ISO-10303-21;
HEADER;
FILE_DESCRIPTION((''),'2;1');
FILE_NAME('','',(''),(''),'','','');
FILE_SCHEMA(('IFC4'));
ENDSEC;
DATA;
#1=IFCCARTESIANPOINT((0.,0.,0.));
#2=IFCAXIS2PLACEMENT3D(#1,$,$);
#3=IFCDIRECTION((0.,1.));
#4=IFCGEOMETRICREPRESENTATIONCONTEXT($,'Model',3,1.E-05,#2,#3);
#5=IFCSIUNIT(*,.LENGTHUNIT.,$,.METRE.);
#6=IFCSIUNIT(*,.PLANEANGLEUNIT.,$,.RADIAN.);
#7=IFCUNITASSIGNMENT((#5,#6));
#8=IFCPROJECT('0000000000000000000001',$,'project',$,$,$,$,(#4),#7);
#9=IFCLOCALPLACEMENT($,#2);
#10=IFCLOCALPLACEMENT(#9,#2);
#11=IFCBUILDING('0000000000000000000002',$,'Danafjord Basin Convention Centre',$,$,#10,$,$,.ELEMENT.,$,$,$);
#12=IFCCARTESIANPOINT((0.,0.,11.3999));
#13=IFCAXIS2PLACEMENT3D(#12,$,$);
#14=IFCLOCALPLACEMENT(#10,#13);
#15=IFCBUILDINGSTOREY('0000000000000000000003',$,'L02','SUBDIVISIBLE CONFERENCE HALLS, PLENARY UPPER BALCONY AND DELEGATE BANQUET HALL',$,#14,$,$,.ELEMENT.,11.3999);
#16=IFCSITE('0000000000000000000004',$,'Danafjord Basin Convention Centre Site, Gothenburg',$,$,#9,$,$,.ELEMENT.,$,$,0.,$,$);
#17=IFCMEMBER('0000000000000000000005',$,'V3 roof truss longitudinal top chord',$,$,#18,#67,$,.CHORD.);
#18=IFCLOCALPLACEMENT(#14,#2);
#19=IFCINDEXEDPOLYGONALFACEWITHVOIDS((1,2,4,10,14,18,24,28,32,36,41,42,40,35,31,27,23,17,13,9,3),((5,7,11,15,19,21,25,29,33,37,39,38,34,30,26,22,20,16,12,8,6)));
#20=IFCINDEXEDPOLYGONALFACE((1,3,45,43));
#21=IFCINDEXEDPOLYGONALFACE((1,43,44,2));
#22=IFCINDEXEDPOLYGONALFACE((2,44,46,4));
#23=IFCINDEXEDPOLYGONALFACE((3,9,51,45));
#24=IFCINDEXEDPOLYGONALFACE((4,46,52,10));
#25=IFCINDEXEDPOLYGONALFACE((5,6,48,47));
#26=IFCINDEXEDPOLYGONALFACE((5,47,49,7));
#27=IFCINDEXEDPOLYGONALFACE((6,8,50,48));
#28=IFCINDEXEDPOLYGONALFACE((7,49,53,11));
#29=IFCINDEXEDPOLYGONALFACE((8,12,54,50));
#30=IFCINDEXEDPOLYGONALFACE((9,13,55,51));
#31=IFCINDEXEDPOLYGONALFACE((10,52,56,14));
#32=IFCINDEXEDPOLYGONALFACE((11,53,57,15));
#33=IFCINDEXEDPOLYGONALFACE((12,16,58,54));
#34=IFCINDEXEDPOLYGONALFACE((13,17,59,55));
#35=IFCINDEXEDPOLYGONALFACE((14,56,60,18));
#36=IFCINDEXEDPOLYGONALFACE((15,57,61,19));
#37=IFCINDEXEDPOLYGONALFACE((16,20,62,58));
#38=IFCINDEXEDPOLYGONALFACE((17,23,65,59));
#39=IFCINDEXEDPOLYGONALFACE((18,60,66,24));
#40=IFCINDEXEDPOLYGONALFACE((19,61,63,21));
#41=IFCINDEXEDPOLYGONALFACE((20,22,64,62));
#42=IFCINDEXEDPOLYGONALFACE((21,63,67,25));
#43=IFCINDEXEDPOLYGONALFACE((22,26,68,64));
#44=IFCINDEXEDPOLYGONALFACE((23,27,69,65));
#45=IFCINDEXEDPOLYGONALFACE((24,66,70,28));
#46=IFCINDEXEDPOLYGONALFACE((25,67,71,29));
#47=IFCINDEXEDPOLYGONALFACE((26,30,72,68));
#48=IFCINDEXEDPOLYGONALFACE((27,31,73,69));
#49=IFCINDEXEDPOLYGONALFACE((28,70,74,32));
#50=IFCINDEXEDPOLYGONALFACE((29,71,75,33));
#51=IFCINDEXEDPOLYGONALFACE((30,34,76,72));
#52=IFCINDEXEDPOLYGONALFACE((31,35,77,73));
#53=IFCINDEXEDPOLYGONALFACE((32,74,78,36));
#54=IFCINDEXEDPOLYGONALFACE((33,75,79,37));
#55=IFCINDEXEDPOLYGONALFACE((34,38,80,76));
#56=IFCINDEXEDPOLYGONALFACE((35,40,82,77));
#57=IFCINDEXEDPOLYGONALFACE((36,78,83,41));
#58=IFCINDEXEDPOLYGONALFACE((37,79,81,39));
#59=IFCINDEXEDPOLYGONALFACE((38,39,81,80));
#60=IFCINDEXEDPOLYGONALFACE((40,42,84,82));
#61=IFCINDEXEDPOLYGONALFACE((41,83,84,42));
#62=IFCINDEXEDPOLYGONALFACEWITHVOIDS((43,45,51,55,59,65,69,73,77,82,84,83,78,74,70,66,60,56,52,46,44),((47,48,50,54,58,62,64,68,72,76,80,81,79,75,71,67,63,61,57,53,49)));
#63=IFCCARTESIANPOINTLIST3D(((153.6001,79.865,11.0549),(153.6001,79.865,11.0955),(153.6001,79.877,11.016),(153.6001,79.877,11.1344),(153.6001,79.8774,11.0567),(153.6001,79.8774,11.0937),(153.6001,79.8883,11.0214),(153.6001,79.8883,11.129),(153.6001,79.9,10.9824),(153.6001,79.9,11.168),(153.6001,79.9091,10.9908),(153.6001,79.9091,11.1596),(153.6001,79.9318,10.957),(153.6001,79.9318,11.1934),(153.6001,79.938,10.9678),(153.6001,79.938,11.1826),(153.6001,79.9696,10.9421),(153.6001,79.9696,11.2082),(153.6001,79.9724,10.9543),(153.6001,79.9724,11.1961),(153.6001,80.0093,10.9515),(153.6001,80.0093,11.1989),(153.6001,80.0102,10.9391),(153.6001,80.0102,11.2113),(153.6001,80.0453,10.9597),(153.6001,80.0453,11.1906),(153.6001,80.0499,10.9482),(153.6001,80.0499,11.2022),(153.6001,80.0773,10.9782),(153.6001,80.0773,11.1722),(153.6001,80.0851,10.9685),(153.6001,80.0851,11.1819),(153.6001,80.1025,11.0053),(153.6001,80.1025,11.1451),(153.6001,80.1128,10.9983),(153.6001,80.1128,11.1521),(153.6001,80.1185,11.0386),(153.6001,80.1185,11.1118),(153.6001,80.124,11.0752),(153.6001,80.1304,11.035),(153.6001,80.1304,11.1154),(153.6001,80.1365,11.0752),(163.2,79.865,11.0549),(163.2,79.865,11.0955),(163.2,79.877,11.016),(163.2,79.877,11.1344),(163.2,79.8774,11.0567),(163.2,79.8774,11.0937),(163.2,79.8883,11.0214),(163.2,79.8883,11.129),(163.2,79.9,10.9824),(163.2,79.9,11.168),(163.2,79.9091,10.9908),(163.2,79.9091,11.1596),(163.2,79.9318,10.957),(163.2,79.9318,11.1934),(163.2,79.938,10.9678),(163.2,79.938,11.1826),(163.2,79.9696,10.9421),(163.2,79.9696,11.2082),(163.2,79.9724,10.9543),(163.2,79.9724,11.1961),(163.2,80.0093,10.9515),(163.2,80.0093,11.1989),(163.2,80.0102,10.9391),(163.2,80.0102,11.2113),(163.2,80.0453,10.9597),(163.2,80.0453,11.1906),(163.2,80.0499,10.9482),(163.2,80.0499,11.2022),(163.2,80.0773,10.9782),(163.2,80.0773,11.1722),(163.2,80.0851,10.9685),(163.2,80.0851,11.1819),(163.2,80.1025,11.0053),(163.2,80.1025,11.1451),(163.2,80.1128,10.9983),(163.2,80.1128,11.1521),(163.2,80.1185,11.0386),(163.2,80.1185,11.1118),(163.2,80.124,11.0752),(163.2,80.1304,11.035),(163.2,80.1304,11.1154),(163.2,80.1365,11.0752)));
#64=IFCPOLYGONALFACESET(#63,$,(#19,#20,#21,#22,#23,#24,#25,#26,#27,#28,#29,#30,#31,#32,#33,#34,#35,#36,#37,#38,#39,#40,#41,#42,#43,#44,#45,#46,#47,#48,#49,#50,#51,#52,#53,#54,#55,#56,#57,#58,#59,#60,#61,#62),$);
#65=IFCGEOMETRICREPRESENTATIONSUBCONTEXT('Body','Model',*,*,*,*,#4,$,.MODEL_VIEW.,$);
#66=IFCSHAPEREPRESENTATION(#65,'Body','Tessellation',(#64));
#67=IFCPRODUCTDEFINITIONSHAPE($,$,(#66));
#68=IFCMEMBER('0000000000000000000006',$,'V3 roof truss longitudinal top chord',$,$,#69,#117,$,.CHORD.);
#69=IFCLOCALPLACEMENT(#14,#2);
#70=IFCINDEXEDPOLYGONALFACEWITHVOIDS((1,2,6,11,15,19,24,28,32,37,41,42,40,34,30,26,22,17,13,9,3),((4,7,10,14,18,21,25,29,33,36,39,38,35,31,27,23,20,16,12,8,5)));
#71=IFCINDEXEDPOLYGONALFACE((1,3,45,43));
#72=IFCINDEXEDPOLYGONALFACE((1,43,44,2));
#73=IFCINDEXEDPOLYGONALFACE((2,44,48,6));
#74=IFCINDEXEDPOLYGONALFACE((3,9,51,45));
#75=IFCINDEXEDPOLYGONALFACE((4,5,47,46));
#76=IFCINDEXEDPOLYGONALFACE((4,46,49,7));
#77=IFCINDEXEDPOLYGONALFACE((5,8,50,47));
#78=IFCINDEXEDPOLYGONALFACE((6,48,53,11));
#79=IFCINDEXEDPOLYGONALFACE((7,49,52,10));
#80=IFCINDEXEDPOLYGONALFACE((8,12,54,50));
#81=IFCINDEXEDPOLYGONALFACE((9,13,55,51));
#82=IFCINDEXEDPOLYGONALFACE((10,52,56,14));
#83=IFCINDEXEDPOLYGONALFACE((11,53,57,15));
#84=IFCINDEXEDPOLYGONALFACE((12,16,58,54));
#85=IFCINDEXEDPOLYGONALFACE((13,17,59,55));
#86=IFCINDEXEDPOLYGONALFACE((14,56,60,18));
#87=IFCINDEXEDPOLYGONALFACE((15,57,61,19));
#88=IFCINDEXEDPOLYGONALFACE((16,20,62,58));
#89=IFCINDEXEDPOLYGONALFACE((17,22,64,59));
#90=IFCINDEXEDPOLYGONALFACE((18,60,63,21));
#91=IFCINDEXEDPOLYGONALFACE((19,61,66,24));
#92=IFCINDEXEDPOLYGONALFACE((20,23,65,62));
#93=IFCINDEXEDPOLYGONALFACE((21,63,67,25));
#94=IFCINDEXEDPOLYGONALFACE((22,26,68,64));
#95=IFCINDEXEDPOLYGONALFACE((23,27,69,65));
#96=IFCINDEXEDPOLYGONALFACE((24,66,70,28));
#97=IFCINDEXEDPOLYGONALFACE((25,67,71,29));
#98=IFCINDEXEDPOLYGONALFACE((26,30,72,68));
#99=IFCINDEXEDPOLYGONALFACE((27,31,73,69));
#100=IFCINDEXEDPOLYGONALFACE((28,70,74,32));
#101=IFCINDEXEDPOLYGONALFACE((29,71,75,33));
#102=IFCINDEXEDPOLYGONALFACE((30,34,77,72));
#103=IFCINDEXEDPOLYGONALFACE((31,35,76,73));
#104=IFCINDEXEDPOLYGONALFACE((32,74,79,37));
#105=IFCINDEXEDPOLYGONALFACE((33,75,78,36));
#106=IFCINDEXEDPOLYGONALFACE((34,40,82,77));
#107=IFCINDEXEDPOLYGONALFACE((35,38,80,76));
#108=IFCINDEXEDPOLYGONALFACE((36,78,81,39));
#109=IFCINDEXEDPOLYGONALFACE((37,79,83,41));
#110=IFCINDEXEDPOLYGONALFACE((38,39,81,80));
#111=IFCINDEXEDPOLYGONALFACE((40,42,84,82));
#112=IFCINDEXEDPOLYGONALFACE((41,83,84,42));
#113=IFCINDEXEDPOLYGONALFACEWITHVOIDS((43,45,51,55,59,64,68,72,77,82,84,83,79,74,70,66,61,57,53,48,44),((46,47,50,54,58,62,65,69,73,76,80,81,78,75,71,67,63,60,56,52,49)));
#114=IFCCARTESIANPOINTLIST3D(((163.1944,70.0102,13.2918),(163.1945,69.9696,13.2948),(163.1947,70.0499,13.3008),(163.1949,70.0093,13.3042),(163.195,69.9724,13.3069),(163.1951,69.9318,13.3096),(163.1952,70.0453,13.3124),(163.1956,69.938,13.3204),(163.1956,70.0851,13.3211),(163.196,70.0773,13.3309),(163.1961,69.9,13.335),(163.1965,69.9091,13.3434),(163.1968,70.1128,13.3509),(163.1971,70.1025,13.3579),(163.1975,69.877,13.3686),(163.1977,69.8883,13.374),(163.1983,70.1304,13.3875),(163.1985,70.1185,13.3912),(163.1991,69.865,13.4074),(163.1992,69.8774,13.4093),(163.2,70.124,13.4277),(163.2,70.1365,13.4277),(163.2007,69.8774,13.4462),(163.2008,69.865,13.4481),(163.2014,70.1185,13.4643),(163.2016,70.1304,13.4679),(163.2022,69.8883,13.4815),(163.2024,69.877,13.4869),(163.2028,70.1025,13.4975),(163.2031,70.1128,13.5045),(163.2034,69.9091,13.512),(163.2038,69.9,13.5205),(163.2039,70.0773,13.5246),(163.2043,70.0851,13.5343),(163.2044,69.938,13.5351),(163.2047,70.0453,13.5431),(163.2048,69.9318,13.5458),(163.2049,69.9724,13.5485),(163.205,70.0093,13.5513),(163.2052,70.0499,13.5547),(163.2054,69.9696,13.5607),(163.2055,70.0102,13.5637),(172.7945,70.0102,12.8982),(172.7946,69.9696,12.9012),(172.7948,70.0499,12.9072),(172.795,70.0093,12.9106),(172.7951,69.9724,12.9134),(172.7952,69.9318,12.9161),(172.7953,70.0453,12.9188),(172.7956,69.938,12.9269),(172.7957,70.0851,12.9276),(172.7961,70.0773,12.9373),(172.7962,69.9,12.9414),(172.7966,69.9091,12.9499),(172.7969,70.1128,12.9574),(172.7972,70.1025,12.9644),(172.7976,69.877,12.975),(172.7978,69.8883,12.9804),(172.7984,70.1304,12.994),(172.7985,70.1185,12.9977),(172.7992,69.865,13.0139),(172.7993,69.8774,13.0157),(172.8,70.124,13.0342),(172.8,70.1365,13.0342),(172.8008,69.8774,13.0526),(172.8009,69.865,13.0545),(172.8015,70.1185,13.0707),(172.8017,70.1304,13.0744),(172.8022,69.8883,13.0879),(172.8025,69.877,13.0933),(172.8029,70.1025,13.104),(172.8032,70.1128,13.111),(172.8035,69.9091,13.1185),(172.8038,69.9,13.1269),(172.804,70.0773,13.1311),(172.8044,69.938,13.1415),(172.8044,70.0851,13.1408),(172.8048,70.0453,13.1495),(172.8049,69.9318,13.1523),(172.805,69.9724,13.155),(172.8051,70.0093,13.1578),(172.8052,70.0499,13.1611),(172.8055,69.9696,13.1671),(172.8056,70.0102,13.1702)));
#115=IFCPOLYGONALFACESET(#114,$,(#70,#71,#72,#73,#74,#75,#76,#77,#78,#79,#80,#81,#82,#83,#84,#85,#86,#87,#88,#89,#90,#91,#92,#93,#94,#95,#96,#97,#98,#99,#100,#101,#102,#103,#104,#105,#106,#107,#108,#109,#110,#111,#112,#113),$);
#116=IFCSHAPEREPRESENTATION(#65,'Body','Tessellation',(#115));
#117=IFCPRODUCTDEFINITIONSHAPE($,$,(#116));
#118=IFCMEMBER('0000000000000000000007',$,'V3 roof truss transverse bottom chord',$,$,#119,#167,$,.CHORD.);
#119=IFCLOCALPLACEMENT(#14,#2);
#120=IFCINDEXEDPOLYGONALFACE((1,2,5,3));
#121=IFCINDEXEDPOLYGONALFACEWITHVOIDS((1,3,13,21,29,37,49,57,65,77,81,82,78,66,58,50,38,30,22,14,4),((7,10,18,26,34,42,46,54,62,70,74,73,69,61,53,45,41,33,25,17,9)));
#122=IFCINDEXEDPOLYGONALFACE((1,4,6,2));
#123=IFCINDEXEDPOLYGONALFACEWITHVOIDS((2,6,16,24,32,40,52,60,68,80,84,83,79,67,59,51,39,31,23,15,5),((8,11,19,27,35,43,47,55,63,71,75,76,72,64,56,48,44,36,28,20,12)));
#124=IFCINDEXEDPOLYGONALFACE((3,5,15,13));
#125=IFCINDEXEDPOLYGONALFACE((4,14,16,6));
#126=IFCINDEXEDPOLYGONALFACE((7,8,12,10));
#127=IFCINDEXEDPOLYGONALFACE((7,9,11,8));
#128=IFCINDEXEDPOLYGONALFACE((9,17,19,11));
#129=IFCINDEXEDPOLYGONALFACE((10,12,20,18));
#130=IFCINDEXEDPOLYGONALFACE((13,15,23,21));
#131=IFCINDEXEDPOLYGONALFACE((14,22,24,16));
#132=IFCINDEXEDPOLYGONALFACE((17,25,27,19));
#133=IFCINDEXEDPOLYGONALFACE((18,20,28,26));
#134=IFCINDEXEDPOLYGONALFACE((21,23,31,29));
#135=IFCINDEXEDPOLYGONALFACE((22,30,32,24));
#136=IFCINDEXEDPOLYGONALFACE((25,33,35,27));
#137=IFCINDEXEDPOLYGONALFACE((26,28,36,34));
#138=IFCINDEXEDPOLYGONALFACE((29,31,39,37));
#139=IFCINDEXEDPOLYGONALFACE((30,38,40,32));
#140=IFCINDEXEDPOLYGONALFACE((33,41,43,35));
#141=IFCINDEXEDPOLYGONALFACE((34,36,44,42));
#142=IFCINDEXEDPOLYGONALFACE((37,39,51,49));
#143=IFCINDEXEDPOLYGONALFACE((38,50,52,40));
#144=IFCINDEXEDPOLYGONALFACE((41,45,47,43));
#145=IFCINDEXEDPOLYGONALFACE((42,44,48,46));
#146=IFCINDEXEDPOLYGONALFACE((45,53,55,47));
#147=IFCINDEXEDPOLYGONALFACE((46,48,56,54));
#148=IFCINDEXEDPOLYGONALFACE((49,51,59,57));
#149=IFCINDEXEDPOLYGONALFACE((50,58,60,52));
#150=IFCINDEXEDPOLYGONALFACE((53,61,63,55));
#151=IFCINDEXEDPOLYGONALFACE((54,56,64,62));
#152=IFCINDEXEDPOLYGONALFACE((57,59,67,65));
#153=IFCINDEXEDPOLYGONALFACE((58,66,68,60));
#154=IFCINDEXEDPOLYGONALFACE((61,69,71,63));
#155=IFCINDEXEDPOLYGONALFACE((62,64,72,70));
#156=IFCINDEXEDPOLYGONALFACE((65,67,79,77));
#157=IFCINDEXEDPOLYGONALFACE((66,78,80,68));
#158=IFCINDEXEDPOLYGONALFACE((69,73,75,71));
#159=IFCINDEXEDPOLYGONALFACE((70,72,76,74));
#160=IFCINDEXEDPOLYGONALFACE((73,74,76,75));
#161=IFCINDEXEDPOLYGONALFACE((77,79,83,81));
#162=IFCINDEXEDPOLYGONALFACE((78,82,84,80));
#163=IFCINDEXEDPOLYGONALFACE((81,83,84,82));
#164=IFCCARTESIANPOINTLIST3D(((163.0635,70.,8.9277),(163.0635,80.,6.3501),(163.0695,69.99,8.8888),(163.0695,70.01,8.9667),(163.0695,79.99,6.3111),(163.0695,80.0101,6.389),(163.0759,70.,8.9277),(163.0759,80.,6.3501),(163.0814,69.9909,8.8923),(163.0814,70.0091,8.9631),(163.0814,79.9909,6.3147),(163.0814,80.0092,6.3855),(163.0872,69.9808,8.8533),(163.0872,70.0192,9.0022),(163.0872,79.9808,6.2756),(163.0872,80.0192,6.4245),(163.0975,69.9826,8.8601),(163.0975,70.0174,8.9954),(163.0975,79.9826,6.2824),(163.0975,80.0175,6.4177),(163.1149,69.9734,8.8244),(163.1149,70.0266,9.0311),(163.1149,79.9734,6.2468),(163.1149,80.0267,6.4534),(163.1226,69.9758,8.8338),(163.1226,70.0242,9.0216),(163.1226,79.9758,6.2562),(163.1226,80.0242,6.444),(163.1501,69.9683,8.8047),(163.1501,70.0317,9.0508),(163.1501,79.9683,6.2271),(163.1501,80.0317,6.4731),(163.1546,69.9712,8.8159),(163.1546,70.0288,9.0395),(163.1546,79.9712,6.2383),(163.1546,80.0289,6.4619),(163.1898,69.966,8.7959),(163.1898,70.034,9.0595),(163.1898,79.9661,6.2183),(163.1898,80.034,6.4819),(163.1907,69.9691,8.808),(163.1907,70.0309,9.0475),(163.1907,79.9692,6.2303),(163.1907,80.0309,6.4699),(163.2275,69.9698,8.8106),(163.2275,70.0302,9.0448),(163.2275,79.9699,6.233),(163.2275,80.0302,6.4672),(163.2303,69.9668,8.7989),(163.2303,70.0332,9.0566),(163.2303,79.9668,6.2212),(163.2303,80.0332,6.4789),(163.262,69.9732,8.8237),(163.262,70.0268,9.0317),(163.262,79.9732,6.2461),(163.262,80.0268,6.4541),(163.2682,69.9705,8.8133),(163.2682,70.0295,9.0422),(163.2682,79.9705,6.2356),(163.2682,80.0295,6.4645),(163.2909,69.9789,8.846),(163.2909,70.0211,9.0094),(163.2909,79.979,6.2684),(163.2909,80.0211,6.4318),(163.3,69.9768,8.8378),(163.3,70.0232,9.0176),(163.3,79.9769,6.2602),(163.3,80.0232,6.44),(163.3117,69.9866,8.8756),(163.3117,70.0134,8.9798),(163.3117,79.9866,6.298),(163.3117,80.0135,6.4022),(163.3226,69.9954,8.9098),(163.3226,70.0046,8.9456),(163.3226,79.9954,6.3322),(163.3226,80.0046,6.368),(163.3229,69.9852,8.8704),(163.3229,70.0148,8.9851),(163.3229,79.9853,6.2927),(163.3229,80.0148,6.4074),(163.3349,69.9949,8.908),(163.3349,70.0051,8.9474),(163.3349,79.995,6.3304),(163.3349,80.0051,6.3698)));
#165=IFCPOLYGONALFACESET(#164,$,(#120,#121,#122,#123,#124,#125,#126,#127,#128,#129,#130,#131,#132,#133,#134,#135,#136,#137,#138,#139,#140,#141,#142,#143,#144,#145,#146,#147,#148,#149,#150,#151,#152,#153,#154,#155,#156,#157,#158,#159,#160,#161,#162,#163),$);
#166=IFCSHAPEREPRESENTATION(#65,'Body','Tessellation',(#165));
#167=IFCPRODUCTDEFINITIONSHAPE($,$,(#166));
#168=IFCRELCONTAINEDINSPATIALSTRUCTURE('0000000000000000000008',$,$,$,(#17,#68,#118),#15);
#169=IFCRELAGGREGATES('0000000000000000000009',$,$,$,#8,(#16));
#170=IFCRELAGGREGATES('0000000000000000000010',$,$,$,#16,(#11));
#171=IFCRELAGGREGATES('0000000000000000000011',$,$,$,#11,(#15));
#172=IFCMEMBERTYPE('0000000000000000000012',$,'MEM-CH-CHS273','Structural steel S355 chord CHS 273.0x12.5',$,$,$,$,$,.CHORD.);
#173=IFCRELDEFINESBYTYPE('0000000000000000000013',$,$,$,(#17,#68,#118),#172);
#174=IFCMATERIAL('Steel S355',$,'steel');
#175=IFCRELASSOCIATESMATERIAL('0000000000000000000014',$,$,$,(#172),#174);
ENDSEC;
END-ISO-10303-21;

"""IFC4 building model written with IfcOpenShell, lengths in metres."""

from ifc_helpers import new_model, si_unit, direction, frame, origin, origin_2d, place, context, subcontext, project, spatial, hollow_circle, extrude, material, material_profile, profile_set, type_object, element, save


model = new_model("IFC4")

# Units and contexts
model_context = context("Model", 3, precision=1e-05, world=origin(), true_north=direction((0.0, 1.0)))
body_context = subcontext(model_context, "Body", "Model", "MODEL_VIEW")
ifc_project = project(units=[si_unit("LENGTHUNIT", "METRE"), si_unit("PLANEANGLEUNIT", "RADIAN")], contexts=[model_context])

# Site, building, storey
site_placement = place(None, origin())
site = spatial("IfcSite", under=ifc_project, at=site_placement, Name="Danafjord Basin Convention Centre Site, Gothenburg", CompositionType="ELEMENT", RefElevation=0.0)
building_placement = place(site_placement, origin())
building = spatial("IfcBuilding", under=site, at=building_placement, Name="Danafjord Basin Convention Centre", CompositionType="ELEMENT")
storey_placement = place(building_placement, frame((0.0, 0.0, 11.3999)))
storey = spatial("IfcBuildingStorey", under=building, at=storey_placement, Name="L02", Description="SUBDIVISIBLE CONFERENCE HALLS, PLENARY UPPER BALCONY AND DELEGATE BANQUET HALL", CompositionType="ELEMENT", Elevation=11.3999)

# Shared definitions
ifc_material = material(Name="Steel S355", Category="steel")

# Members
ifc_material_profile_1 = material_profile(ifc_material, hollow_circle(Radius=0.1365, WallThickness=0.0125, at=origin_2d()), Name="CHS 273.0x12.5")
ifc_profile_set_1 = profile_set([ifc_material_profile_1], Name="Steel S355")
member_type_1 = type_object("IfcMemberType", Name="MEM-CH-CHS273", Description="Structural steel S355 chord CHS 273.0x12.5", PredefinedType="CHORD", material=ifc_profile_set_1)
member_1_placement = place(storey_placement, frame((153.6001, 80.0, 11.0752), z_axis=(1.0, 0.0, 0.0), x_axis=(0.0, 1.0, 0.0)))
element("IfcMember", 1, at=member_1_placement, inside=storey, type_object=member_type_1, Name="V3 roof truss longitudinal top chord", PredefinedType="CHORD", context=body_context, shape_type="SweptSolid", body=[
    extrude(hollow_circle(Radius=0.1365, WallThickness=0.0125, at=origin_2d()), origin(), (0.0, 0.0, 1.0), 9.5999),
])
member_2_placement = place(storey_placement, frame((163.2, 70.0, 13.4277), z_axis=(0.999161, 0.0, -0.04096), x_axis=(0.0, 1.0, 0.0)))
element("IfcMember", 2, at=member_2_placement, inside=storey, type_object=member_type_1, Name="V3 roof truss longitudinal top chord", PredefinedType="CHORD", context=body_context, shape_type="SweptSolid", body=[
    extrude(hollow_circle(Radius=0.1365, WallThickness=0.0125, at=origin_2d()), origin(), (0.0, 0.0, 1.0), 9.6082),
])
member_3_placement = place(storey_placement, frame((163.2, 70.0, 8.9277), z_axis=(0.0, 0.968348, -0.249605), x_axis=(-1.0, 0.0, 0.0)))
element("IfcMember", 3, at=member_3_placement, inside=storey, type_object=member_type_1, Name="V3 roof truss transverse bottom chord", PredefinedType="CHORD", context=body_context, shape_type="SweptSolid", body=[
    extrude(hollow_circle(Radius=0.1365, WallThickness=0.0125, at=origin_2d()), origin(), (0.0, 0.0, 1.0), 10.3269),
])

save(model, "model.ifc")
